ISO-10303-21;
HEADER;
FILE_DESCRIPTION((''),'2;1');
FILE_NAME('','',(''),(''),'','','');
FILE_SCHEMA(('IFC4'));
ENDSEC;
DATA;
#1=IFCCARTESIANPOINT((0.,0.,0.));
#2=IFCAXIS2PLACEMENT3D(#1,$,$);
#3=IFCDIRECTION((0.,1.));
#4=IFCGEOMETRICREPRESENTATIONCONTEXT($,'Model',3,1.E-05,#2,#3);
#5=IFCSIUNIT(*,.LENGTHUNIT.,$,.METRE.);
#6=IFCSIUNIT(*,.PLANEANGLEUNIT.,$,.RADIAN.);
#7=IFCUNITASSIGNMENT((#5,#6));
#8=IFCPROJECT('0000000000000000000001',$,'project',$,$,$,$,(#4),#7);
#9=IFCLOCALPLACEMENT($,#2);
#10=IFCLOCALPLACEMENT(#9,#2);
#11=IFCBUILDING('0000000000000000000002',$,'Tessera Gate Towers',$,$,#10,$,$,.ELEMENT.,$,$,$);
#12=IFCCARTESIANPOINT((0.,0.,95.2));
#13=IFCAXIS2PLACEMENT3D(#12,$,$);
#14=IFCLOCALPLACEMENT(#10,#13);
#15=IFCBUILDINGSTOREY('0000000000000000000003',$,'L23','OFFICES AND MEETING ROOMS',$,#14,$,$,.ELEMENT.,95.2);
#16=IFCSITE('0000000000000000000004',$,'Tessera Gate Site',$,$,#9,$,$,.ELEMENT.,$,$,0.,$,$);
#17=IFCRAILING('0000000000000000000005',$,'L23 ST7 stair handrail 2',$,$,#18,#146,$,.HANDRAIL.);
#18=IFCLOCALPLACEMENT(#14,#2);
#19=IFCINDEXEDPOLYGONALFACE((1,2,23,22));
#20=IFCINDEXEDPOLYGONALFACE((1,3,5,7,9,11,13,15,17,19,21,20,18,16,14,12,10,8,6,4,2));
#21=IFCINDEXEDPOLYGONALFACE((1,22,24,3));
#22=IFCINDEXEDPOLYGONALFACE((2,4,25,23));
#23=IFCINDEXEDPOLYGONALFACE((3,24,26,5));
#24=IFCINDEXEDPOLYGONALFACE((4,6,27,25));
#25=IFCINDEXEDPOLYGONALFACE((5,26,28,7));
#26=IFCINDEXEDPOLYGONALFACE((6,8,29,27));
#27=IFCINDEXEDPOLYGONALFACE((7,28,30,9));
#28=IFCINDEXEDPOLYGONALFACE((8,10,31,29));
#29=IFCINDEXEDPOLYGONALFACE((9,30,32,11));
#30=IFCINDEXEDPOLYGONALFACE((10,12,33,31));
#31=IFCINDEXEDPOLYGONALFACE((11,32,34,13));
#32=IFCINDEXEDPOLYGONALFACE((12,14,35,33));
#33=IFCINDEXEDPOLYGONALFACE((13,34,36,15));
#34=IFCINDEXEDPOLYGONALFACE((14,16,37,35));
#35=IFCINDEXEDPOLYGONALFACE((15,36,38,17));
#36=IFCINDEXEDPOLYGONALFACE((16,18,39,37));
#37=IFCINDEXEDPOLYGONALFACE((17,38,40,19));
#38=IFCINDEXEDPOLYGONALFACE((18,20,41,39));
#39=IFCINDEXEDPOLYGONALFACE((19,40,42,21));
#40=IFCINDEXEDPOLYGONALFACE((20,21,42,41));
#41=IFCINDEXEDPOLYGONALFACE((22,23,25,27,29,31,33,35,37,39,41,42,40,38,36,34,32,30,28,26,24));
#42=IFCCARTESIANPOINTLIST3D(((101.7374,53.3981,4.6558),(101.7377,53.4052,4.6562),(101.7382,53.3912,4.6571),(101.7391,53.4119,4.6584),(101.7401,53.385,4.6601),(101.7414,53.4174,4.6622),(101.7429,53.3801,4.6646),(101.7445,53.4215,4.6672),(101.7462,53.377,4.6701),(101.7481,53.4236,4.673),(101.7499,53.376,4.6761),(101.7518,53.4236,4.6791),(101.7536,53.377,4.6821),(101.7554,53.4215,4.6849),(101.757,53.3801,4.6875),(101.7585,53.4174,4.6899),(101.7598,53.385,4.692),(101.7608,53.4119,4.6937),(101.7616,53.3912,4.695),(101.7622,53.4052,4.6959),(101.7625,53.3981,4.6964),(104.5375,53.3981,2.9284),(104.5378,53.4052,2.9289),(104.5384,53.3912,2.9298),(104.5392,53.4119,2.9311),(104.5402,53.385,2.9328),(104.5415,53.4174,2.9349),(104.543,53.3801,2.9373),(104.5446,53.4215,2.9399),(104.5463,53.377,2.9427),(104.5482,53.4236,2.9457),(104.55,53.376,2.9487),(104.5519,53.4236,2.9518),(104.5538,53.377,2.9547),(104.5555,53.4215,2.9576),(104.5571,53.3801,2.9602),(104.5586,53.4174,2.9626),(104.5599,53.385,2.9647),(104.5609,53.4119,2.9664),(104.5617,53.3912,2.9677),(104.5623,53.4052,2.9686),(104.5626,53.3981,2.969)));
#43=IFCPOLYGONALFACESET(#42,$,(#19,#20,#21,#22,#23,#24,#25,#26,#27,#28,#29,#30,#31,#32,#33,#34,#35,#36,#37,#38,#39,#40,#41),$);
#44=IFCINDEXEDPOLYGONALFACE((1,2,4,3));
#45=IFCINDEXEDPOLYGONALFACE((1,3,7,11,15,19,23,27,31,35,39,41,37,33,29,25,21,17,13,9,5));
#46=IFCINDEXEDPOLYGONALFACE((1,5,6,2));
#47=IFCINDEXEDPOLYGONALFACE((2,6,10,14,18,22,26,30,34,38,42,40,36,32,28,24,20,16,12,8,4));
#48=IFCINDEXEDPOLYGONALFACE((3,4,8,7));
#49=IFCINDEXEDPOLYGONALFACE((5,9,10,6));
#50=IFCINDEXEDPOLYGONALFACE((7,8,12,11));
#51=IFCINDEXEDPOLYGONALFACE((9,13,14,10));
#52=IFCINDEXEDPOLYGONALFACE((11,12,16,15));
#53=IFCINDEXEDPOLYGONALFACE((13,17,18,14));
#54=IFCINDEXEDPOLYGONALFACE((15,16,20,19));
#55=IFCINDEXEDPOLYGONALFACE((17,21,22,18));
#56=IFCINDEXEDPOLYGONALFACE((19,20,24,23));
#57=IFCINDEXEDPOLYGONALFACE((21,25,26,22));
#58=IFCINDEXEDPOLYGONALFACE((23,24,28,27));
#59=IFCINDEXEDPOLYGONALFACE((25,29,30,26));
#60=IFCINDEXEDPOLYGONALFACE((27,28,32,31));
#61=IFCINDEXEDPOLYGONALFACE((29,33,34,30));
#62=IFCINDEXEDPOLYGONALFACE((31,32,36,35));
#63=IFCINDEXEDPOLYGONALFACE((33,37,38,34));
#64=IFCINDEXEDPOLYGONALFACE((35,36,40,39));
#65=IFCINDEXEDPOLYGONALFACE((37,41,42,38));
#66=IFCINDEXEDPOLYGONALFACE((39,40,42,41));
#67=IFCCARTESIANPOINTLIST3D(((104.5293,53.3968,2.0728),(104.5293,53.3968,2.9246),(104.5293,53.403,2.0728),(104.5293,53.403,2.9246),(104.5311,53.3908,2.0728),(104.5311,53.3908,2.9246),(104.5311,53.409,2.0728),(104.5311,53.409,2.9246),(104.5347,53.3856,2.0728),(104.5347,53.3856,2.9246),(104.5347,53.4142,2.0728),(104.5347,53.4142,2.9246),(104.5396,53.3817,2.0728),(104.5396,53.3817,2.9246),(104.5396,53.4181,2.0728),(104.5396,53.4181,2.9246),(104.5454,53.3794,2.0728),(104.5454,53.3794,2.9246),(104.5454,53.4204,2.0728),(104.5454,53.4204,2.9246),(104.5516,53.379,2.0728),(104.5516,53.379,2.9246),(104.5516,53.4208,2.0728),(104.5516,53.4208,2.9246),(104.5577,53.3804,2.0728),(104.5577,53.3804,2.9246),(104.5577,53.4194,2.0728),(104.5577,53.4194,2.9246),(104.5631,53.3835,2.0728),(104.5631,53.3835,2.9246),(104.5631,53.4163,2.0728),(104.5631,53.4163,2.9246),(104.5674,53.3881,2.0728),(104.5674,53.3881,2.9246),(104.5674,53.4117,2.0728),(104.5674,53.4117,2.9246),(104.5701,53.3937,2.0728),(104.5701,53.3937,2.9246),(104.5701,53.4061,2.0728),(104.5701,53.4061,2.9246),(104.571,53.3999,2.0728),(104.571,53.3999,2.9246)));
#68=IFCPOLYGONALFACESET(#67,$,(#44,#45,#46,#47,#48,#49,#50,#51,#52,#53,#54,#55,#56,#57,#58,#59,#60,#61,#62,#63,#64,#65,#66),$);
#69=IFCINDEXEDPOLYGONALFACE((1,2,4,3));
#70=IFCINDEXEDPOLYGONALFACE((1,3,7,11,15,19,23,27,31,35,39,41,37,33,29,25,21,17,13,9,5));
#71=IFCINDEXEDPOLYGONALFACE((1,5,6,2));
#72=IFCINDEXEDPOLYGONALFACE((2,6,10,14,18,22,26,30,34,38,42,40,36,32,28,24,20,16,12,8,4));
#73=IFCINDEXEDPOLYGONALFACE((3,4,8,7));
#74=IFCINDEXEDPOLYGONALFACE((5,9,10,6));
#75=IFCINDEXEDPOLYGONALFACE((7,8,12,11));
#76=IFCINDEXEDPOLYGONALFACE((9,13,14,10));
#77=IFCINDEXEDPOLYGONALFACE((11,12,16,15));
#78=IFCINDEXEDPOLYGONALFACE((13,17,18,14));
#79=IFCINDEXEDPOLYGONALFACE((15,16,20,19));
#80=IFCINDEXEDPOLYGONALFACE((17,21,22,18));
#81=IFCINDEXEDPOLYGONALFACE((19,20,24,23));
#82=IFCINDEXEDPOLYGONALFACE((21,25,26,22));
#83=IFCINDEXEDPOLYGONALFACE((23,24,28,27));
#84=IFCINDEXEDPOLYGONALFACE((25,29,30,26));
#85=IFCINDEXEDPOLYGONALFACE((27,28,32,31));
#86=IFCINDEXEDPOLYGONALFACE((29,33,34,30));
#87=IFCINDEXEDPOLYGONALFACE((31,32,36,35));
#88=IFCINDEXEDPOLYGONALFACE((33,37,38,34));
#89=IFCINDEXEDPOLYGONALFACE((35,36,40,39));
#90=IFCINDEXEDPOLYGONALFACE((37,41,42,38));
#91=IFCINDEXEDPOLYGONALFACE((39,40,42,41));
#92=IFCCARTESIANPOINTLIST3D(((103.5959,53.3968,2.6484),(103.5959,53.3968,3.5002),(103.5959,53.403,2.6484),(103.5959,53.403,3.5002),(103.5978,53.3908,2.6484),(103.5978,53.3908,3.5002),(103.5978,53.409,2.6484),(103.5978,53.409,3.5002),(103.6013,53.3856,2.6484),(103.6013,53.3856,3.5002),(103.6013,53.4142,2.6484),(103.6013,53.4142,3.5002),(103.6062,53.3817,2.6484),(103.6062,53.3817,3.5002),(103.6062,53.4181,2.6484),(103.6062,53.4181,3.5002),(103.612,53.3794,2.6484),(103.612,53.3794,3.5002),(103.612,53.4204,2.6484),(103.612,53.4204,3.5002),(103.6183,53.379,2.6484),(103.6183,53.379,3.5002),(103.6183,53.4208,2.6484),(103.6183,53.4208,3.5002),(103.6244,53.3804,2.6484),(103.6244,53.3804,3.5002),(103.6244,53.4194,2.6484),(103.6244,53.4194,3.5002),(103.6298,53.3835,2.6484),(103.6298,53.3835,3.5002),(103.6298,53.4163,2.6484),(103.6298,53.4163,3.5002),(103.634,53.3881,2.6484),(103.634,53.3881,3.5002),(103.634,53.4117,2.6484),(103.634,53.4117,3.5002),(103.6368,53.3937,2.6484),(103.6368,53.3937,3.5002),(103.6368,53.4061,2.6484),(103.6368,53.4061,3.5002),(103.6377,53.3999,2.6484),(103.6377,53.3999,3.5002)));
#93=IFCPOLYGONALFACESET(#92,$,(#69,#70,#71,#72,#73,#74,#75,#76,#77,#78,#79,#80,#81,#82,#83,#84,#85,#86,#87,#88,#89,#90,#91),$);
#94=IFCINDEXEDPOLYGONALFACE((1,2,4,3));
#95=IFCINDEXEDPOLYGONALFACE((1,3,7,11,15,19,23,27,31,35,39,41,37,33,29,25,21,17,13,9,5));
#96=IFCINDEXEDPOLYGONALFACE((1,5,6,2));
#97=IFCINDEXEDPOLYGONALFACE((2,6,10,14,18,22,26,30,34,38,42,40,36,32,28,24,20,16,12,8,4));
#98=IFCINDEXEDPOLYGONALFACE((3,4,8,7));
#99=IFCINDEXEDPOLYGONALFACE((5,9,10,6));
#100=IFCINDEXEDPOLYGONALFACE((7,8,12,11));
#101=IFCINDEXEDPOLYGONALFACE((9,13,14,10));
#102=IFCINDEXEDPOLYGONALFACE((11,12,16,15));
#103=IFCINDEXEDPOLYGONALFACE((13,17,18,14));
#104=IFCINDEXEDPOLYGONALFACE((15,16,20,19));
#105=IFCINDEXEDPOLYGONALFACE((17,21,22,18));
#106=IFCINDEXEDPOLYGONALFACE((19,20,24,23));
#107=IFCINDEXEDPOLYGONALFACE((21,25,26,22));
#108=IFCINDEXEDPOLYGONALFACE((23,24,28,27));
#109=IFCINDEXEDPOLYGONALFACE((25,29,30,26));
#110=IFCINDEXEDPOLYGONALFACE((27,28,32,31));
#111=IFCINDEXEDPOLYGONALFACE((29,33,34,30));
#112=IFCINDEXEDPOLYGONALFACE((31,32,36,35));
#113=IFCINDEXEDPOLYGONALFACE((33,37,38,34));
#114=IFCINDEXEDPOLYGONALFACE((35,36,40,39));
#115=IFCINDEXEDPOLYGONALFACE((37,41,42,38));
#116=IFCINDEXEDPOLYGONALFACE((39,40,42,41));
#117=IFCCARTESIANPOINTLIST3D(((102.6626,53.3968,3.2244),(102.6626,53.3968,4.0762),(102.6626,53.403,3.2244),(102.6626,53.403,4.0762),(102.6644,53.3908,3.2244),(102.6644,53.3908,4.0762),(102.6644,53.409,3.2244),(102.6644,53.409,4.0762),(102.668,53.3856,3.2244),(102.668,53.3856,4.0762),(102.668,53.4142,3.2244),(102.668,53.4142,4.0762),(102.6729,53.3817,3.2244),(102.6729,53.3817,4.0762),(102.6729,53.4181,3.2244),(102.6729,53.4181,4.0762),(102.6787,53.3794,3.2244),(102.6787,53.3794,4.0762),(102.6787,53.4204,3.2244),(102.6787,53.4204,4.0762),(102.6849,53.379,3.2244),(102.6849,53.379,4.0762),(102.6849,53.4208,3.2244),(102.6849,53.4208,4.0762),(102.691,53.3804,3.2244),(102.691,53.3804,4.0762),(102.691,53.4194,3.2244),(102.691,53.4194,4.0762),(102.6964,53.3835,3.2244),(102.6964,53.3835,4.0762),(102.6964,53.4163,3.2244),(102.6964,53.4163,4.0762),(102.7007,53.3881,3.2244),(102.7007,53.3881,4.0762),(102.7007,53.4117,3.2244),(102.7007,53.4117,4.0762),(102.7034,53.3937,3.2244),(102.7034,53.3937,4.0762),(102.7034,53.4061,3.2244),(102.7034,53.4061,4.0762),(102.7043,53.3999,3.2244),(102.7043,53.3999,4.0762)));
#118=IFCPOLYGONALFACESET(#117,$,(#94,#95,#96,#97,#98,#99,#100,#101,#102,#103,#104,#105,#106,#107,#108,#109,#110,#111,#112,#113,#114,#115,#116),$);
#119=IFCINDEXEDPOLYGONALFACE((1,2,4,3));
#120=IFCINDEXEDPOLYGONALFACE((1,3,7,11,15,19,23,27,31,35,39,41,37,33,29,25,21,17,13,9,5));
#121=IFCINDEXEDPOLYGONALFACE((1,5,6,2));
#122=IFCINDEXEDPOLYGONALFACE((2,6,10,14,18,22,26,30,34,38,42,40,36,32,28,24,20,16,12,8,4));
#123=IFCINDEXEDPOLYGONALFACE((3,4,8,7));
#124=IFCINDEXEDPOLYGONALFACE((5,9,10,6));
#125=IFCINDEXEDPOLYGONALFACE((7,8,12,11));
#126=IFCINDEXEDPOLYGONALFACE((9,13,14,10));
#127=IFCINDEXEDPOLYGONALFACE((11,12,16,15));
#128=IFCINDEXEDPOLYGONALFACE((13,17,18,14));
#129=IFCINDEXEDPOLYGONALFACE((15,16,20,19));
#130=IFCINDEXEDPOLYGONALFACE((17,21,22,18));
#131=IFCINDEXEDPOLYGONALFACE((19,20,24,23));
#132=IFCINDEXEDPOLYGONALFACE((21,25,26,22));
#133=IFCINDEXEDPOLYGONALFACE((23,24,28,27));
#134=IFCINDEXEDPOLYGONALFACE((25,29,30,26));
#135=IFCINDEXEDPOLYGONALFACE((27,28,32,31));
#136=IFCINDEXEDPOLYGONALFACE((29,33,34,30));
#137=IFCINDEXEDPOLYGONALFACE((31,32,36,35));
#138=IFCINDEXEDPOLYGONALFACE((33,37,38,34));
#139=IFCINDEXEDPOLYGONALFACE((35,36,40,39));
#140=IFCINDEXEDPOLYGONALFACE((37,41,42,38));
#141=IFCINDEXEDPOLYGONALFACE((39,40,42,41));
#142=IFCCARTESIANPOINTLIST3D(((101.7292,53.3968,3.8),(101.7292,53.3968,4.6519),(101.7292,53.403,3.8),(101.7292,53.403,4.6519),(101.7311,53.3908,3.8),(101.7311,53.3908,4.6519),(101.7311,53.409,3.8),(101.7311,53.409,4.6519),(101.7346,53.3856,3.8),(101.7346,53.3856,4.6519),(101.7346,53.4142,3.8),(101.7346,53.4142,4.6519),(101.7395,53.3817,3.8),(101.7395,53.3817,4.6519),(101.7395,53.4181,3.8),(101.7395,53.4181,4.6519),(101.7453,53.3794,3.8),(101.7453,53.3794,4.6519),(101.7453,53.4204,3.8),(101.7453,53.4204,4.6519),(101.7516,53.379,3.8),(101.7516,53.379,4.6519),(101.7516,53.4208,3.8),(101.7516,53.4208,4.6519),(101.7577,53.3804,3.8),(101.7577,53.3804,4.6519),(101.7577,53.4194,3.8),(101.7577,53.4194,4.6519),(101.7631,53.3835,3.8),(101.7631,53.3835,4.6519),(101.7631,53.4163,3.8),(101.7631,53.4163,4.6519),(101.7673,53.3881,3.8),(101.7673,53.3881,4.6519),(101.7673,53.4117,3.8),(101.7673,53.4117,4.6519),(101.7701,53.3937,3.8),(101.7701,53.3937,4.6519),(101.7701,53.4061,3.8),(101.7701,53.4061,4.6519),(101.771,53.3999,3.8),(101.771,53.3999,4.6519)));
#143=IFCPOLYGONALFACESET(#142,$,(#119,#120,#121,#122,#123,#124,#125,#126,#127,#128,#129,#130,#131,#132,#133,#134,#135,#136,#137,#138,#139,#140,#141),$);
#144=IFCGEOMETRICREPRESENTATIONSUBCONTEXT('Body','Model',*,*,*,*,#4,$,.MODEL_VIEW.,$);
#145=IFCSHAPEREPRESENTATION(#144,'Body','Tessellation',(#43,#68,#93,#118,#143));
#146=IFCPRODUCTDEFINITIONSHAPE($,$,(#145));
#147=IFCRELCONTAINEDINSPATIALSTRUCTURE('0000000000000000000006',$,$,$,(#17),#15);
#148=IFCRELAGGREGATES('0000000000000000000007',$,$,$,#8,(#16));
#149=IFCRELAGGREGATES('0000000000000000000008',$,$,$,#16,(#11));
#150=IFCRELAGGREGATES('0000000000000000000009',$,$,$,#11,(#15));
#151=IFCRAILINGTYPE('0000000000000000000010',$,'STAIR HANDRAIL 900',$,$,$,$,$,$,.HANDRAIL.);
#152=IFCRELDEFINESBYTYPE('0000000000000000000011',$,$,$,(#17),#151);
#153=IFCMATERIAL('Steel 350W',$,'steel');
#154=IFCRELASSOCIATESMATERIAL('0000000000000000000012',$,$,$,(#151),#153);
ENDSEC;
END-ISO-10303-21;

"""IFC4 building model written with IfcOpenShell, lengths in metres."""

from ifc_helpers import new_model, si_unit, direction, frame, origin, origin_2d, place, context, subcontext, project, spatial, circle, extrude, material, type_object, element, save


model = new_model("IFC4")

# Units and contexts
model_context = context("Model", 3, precision=1e-05, world=origin(), true_north=direction((0.0, 1.0)))
body_context = subcontext(model_context, "Body", "Model", "MODEL_VIEW")
ifc_project = project(units=[si_unit("LENGTHUNIT", "METRE"), si_unit("PLANEANGLEUNIT", "RADIAN")], contexts=[model_context])

# Site, building, storey
site_placement = place(None, origin())
site = spatial("IfcSite", under=ifc_project, at=site_placement, Name="Tessera Gate Site", CompositionType="ELEMENT", RefElevation=0.0)
building_placement = place(site_placement, origin())
building = spatial("IfcBuilding", under=site, at=building_placement, Name="Tessera Gate Towers", CompositionType="ELEMENT")
storey_placement = place(building_placement, frame((0.0, 0.0, 95.2)))
storey = spatial("IfcBuildingStorey", under=building, at=storey_placement, Name="L23", Description="OFFICES AND MEETING ROOMS", CompositionType="ELEMENT", Elevation=95.2)

# Railing
ifc_material_1 = material(Name="Steel 350W", Category="steel")
railing_type_1 = type_object("IfcRailingType", Name="STAIR HANDRAIL 900", PredefinedType="HANDRAIL", material=ifc_material_1)
railing_1_placement = place(storey_placement, frame((104.55, 53.3999, 2.0728)))
element("IfcRailing", 1, at=railing_1_placement, inside=storey, type_object=railing_type_1, Name="L23 ST7 stair handrail 2", PredefinedType="HANDRAIL", context=body_context, shape_type="SweptSolid", body=[
    extrude(circle(Radius=0.0239, at=origin_2d()), frame((0.0, 0.0, 0.876), z_axis=(-0.85109, 0.0, 0.52502), x_axis=(0.0, -1.0, 0.0)), (0.0, 0.0, 1.0), 3.29),
    extrude(circle(Radius=0.021, at=origin_2d()), origin(), (0.0, 0.0, 1.0), 0.8518),
    extrude(circle(Radius=0.021, at=origin_2d()), frame((-0.9333, 0.0, 0.5757)), (0.0, 0.0, 1.0), 0.8518),
    extrude(circle(Radius=0.021, at=origin_2d()), frame((-1.8667, 0.0, 1.1516)), (0.0, 0.0, 1.0), 0.8518),
    extrude(circle(Radius=0.021, at=origin_2d()), frame((-2.8, 0.0, 1.7273)), (0.0, 0.0, 1.0), 0.8518),
])

save(model, "model.ifc")
